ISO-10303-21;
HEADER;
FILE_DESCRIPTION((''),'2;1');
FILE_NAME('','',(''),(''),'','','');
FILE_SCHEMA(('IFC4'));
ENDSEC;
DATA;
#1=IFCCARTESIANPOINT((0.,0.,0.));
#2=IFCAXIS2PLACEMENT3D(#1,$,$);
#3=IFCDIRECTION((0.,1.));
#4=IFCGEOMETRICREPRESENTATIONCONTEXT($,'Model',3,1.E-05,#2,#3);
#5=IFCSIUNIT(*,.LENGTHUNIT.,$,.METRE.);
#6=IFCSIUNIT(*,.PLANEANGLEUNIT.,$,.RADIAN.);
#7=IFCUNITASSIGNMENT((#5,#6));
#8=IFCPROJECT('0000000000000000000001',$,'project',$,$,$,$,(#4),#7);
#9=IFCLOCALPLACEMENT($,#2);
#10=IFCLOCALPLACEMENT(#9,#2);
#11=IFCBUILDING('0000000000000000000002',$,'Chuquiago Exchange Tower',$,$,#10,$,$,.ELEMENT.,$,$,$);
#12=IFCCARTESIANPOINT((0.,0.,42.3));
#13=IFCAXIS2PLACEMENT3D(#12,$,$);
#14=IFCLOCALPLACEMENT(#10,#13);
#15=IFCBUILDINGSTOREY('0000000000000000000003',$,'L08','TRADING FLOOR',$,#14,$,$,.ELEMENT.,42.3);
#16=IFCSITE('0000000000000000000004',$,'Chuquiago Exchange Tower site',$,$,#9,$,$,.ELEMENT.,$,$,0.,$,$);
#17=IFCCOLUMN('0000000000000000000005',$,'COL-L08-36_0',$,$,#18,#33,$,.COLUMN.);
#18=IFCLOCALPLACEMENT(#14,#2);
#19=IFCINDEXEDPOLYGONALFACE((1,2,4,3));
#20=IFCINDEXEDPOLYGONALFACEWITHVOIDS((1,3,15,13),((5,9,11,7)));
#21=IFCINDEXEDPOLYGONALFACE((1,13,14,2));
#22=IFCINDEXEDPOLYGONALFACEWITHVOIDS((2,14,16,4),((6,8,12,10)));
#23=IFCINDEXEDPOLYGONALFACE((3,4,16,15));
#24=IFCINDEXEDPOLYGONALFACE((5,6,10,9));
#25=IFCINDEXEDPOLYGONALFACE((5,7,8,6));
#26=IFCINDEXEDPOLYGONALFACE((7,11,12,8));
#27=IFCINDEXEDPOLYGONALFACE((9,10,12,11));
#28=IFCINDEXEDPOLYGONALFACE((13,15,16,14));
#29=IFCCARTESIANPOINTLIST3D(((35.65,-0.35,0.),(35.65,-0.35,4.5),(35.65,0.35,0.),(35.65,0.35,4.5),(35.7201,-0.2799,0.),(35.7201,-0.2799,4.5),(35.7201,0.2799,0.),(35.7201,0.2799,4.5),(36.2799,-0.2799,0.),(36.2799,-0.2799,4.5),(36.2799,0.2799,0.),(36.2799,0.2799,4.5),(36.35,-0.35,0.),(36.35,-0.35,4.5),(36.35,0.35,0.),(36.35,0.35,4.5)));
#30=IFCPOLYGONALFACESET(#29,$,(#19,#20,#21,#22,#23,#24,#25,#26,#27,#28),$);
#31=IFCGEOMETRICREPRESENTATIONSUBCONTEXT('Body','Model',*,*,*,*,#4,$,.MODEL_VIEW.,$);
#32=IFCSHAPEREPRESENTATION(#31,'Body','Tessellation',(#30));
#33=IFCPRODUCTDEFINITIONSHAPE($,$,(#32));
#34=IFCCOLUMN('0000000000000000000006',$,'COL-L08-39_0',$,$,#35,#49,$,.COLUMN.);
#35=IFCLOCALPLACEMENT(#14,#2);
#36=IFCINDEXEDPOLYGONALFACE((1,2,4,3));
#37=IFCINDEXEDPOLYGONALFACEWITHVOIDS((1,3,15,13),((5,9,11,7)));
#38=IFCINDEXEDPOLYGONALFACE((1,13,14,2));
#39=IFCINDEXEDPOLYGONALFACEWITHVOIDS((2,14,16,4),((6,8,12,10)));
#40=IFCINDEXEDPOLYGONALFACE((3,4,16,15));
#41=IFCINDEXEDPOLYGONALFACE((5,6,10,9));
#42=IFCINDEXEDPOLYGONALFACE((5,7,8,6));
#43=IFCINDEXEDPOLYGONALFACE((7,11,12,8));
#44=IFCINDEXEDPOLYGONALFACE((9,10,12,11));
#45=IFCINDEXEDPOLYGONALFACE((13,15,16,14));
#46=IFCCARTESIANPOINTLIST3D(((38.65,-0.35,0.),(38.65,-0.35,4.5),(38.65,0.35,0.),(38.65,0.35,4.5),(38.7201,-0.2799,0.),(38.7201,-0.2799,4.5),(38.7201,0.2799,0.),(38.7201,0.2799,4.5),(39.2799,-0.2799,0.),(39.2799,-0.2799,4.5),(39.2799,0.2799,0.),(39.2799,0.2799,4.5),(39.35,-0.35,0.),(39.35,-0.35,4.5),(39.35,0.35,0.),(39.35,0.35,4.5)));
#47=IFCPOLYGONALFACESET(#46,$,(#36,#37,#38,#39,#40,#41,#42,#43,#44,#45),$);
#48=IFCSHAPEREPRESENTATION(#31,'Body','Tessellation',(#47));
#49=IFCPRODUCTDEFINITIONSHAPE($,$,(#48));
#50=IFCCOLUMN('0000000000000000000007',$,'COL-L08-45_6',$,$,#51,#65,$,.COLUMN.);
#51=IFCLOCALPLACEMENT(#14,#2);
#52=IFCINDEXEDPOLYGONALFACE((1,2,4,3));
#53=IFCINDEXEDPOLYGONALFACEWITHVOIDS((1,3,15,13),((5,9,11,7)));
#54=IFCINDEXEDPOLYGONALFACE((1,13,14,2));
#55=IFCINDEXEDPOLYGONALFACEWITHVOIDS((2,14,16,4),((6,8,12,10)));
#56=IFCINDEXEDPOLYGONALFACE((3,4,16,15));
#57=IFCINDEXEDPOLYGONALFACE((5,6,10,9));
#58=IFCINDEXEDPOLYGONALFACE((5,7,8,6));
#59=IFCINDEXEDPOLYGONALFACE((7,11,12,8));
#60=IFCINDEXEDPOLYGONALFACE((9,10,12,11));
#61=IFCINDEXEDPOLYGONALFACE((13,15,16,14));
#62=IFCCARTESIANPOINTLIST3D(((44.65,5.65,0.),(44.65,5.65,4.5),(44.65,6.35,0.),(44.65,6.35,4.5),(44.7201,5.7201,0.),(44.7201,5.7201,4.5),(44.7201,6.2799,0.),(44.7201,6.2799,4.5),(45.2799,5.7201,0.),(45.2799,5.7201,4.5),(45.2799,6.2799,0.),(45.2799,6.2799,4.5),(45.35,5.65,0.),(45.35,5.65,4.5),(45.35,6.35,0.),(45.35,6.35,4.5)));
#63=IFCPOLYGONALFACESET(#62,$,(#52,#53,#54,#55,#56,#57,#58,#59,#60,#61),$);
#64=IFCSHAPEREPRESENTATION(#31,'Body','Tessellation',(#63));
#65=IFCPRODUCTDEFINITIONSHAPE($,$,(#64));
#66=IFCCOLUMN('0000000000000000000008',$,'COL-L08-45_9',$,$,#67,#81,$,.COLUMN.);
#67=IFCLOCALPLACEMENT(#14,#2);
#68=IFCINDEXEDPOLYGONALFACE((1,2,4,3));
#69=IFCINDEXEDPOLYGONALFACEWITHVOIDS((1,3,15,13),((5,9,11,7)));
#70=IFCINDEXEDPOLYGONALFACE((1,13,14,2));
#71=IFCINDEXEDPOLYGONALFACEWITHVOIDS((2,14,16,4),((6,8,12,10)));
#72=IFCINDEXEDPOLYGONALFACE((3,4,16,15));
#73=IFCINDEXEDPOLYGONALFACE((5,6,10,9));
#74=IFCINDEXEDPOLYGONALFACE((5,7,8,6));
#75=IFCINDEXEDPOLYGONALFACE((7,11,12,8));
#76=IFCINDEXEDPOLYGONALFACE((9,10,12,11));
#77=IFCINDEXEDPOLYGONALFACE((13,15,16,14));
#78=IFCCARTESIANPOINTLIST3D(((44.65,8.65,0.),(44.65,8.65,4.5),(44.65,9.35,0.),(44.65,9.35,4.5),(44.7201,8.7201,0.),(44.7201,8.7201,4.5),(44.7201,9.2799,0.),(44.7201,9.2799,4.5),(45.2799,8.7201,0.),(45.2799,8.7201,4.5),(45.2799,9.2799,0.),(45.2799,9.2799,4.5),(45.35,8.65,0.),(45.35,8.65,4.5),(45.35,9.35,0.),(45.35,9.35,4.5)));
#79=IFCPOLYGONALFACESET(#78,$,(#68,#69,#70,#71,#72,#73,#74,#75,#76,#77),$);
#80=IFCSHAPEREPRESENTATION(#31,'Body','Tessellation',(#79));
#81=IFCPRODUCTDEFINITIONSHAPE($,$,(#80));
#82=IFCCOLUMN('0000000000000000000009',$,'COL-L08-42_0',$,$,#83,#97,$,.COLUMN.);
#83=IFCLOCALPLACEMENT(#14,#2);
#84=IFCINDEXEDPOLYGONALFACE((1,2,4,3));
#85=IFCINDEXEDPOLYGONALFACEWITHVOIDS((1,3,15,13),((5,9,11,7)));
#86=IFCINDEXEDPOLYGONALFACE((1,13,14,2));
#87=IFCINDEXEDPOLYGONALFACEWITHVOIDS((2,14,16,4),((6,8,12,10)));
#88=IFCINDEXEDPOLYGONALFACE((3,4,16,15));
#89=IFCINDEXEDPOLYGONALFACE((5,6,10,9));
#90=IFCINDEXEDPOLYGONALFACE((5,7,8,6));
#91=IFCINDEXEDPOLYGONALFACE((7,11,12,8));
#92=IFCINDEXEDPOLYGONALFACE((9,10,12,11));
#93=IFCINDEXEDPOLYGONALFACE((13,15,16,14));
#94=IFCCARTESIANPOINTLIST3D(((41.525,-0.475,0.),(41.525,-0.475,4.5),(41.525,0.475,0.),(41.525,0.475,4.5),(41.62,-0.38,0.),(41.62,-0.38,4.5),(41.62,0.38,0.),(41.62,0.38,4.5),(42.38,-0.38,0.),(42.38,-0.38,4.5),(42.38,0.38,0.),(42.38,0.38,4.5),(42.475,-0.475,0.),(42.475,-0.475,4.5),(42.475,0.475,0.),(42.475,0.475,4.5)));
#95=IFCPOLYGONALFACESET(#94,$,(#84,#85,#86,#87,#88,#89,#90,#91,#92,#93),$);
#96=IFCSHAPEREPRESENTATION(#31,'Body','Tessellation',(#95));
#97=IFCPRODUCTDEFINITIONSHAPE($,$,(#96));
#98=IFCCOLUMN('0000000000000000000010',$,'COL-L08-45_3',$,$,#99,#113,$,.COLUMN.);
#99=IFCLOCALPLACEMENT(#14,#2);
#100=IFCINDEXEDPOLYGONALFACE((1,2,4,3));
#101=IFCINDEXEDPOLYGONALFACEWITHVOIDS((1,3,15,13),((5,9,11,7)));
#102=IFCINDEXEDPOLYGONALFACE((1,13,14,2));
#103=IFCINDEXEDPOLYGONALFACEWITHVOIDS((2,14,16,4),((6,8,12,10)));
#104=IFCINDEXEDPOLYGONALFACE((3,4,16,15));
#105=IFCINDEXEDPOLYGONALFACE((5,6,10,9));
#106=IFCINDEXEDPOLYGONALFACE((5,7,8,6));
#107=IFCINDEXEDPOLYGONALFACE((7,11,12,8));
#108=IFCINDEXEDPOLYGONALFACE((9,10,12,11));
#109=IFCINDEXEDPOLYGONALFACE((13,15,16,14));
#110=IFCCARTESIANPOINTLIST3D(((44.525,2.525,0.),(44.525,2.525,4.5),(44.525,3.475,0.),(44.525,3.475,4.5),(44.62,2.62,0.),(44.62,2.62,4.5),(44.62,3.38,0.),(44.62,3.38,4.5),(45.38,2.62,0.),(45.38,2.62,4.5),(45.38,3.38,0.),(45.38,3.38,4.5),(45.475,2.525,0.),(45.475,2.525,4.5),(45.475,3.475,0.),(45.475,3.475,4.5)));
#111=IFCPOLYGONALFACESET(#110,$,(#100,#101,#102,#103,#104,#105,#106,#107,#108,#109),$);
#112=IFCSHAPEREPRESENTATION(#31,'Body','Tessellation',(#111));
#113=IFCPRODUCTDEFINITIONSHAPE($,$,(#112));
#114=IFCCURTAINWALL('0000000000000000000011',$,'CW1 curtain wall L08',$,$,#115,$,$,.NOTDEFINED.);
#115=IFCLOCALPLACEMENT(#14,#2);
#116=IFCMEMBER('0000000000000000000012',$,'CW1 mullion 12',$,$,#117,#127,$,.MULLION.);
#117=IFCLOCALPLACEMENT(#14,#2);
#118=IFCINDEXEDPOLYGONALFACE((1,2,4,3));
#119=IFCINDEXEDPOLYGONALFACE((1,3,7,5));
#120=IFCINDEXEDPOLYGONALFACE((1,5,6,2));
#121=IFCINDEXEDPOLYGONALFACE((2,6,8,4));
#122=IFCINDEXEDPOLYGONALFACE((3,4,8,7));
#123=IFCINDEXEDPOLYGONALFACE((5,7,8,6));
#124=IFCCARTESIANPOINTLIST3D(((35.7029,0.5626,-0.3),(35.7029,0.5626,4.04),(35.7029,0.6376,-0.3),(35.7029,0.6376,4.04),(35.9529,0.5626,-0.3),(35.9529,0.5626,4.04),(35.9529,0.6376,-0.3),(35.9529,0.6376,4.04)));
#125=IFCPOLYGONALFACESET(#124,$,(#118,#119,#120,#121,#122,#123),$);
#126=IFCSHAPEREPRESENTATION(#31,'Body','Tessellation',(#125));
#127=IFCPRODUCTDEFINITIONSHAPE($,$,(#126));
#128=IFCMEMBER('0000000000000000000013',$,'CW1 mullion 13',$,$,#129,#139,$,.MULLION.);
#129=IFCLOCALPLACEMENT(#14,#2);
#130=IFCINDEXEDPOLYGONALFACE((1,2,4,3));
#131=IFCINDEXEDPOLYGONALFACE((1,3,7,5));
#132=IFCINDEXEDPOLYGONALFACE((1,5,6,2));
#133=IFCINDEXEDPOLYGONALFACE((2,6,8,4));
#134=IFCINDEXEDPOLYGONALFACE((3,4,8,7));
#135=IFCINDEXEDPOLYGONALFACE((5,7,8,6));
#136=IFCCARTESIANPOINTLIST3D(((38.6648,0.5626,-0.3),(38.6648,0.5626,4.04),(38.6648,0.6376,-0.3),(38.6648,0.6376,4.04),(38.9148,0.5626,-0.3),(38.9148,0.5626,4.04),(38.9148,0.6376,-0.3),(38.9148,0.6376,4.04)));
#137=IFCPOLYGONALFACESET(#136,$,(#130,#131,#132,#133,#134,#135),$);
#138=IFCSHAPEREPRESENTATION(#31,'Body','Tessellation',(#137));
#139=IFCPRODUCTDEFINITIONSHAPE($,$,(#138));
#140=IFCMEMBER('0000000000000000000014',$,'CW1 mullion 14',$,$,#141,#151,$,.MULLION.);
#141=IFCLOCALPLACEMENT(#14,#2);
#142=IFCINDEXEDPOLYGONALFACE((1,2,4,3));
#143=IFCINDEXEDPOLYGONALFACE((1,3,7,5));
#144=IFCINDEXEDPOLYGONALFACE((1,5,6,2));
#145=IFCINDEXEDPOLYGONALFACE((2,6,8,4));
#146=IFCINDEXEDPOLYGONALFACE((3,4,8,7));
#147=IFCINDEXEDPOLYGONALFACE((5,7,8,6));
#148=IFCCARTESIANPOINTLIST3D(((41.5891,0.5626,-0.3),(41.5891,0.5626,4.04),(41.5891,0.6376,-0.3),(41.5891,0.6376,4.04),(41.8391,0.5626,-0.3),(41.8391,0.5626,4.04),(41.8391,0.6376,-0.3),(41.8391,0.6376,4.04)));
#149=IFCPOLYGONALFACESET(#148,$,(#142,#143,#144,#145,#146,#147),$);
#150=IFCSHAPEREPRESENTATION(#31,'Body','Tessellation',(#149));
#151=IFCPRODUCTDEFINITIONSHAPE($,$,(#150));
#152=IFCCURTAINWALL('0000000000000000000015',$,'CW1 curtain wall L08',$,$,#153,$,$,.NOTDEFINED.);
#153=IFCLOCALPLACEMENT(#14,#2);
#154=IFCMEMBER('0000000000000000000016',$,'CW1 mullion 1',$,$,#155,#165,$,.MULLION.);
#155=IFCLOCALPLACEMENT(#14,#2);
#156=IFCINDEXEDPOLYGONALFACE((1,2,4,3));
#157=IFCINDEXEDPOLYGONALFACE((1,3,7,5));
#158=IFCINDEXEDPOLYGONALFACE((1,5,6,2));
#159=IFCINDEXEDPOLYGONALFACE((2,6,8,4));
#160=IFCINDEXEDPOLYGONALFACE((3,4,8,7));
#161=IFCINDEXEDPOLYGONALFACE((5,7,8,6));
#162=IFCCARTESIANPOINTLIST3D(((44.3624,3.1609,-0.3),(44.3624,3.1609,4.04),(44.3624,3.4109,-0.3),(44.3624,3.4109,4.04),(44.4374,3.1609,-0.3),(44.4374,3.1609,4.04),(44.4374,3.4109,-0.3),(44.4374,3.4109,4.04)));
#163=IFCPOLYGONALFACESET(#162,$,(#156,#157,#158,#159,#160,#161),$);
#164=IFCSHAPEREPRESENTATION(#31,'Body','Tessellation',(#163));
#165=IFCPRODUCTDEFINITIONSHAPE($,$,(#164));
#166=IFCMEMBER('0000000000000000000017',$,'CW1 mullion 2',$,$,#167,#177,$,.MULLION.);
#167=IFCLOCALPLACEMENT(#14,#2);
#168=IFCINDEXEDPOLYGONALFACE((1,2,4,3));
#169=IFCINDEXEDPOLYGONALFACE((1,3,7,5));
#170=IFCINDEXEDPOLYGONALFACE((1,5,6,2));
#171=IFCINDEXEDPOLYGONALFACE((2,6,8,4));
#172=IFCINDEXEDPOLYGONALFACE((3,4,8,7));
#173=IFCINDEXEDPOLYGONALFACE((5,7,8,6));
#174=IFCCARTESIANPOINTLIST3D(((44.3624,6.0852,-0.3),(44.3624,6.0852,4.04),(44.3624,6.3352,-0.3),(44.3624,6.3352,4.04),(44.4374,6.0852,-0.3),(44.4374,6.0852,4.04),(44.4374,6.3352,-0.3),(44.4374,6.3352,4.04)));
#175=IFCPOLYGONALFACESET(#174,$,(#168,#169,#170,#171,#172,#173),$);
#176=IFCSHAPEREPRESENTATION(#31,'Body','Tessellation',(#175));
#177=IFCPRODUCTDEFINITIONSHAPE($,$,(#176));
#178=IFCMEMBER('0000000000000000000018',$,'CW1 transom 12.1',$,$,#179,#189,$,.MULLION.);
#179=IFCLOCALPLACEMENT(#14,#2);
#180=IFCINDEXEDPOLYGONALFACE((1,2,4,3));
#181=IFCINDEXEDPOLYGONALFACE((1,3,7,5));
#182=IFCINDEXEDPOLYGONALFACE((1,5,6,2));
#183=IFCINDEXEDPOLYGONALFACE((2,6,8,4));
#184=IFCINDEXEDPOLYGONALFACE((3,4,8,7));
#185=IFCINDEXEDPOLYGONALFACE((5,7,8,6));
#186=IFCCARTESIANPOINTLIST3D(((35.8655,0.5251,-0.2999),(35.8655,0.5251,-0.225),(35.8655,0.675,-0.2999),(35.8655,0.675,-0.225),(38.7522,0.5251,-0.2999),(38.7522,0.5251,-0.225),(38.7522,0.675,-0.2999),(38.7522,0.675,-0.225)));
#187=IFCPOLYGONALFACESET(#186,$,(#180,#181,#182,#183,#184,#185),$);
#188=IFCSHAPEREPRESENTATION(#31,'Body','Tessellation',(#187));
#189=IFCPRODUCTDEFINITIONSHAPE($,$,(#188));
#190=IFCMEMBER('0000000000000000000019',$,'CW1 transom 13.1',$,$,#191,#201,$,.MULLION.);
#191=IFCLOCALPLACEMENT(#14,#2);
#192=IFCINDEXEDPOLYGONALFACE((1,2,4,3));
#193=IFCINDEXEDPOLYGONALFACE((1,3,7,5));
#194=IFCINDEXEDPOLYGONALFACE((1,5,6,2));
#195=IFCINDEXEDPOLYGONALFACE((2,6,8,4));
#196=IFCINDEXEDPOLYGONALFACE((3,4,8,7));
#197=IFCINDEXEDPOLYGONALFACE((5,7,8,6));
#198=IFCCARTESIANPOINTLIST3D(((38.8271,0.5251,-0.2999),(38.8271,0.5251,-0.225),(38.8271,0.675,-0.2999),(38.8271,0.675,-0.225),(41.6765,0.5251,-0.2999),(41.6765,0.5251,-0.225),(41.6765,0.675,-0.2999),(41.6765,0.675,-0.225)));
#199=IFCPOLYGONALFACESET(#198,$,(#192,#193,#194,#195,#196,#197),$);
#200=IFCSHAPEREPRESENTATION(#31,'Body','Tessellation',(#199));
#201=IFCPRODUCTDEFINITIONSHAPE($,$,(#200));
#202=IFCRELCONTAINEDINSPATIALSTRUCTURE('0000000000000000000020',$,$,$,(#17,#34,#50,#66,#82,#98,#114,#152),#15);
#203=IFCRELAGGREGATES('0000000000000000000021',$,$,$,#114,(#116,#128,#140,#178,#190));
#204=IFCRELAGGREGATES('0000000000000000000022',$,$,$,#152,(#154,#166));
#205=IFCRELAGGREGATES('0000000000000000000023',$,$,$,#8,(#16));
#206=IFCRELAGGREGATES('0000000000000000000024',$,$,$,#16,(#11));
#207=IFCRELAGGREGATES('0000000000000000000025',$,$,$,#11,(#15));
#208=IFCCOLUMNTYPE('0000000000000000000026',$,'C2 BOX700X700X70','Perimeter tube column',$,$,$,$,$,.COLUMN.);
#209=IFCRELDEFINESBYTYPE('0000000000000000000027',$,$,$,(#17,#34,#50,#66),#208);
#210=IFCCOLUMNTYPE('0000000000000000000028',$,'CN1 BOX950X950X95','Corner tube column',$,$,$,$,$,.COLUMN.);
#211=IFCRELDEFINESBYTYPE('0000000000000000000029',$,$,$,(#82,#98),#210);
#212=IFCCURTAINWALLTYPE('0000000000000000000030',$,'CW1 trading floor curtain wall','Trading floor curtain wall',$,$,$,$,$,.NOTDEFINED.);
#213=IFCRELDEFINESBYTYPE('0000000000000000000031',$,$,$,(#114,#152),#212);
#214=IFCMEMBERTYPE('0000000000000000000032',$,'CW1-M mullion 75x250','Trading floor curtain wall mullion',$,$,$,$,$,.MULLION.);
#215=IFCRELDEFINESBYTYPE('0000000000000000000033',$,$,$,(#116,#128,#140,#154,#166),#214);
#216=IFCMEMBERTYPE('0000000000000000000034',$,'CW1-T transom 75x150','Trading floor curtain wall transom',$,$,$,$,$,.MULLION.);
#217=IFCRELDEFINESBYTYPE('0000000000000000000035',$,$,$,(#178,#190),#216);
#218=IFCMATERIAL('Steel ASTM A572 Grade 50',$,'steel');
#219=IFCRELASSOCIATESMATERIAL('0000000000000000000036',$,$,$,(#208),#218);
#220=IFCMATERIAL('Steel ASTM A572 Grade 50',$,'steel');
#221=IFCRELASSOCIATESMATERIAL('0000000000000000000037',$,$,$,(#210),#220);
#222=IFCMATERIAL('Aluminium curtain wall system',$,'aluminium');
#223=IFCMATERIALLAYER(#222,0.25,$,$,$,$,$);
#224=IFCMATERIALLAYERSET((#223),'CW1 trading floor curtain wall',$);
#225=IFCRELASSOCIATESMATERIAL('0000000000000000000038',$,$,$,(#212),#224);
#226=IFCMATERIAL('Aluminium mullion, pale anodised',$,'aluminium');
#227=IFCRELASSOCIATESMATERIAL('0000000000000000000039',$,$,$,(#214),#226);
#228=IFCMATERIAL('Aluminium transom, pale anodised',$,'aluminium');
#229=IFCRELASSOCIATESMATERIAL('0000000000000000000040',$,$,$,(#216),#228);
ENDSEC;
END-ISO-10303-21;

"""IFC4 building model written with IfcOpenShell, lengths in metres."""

from ifc_helpers import new_model, si_unit, direction, frame, origin, origin_2d, place, context, subcontext, project, spatial, rectangle, hollow_rectangle, extrude, material, layer, layer_set, material_profile, profile_set, type_object, element, aggregate, save


model = new_model("IFC4")

# Units and contexts
model_context = context("Model", 3, precision=1e-05, world=origin(), true_north=direction((0.0, 1.0)))
body_context = subcontext(model_context, "Body", "Model", "MODEL_VIEW")
ifc_project = project(units=[si_unit("LENGTHUNIT", "METRE"), si_unit("PLANEANGLEUNIT", "RADIAN")], contexts=[model_context])

# Site, building, storey
site_placement = place(None, origin())
site = spatial("IfcSite", under=ifc_project, at=site_placement, Name="Chuquiago Exchange Tower site", CompositionType="ELEMENT", RefElevation=0.0)
building_placement = place(site_placement, origin())
building = spatial("IfcBuilding", under=site, at=building_placement, Name="Chuquiago Exchange Tower", CompositionType="ELEMENT")
storey_placement = place(building_placement, frame((0.0, 0.0, 42.3)))
storey = spatial("IfcBuildingStorey", under=building, at=storey_placement, Name="L08", Description="TRADING FLOOR", CompositionType="ELEMENT", Elevation=42.3)

# Columns
ifc_material_1 = material(Name="Steel ASTM A572 Grade 50", Category="steel")
ifc_material_profile_1 = material_profile(ifc_material_1, hollow_rectangle(XDim=0.7, YDim=0.7, WallThickness=0.0701, at=origin_2d()), Name="BOX700X700X70")
ifc_profile_set_1 = profile_set([ifc_material_profile_1], Name="Steel ASTM A572 Grade 50")
column_type_1 = type_object("IfcColumnType", Name="C2 BOX700X700X70", Description="Perimeter tube column", PredefinedType="COLUMN", material=ifc_profile_set_1)
for number, where, z_axis, x_axis, name in (
    (1, (36.0, 0.0, 0.0), (0.0, 0.0, 1.0), (0.0, -1.0, 0.0), "COL-L08-36_0"),
    (2, (39.0, 0.0, 0.0), (0.0, 0.0, 1.0), (0.0, -1.0, 0.0), "COL-L08-39_0"),
    (3, (45.0, 6.0, 0.0), (0.0, 0.0, 1.0), (1.0, 0.0, 0.0), "COL-L08-45_6"),
    (4, (45.0, 9.0, 0.0), (0.0, 0.0, 1.0), (1.0, 0.0, 0.0), "COL-L08-45_9"),
):
    element("IfcColumn", number, at=place(storey_placement, frame(where, z_axis=z_axis, x_axis=x_axis)), inside=storey, type_object=column_type_1, Name=name, PredefinedType="COLUMN", context=body_context, shape_type="SweptSolid", body=[
        extrude(hollow_rectangle(XDim=0.7, YDim=0.7, WallThickness=0.0701, at=origin_2d()), origin(), (0.0, 0.0, 1.0), 4.5),
    ])
ifc_material_2 = material(Name="Steel ASTM A572 Grade 50", Category="steel")
ifc_material_profile_2 = material_profile(ifc_material_2, hollow_rectangle(XDim=0.95, YDim=0.95, WallThickness=0.095, at=origin_2d()), Name="BOX950X950X95")
ifc_profile_set_2 = profile_set([ifc_material_profile_2], Name="Steel ASTM A572 Grade 50")
column_type_2 = type_object("IfcColumnType", Name="CN1 BOX950X950X95", Description="Corner tube column", PredefinedType="COLUMN", material=ifc_profile_set_2)
for number, where, z_axis, x_axis, name in (
    (5, (42.0, 0.0, 0.0), (0.0, 0.0, 1.0), (0.0, -1.0, 0.0), "COL-L08-42_0"),
    (6, (45.0, 3.0, 0.0), (0.0, 0.0, 1.0), (1.0, 0.0, 0.0), "COL-L08-45_3"),
):
    element("IfcColumn", number, at=place(storey_placement, frame(where, z_axis=z_axis, x_axis=x_axis)), inside=storey, type_object=column_type_2, Name=name, PredefinedType="COLUMN", context=body_context, shape_type="SweptSolid", body=[
        extrude(hollow_rectangle(XDim=0.95, YDim=0.95, WallThickness=0.095, at=origin_2d()), origin(), (0.0, 0.0, 1.0), 4.5),
    ])

# Curtain walls, members
ifc_material_3 = material(Name="Aluminium curtain wall system", Category="aluminium")
ifc_layer_1 = layer(ifc_material_3, 0.25)
ifc_layer_set_1 = layer_set([ifc_layer_1], Name="CW1 trading floor curtain wall")
curtain_wall_type_1 = type_object("IfcCurtainWallType", Name="CW1 trading floor curtain wall", Description="Trading floor curtain wall", PredefinedType="NOTDEFINED", material=ifc_layer_set_1)
curtain_wall_1_placement = place(storey_placement, origin())
curtain_wall_1 = element("IfcCurtainWall", 7, at=curtain_wall_1_placement, inside=storey, type_object=curtain_wall_type_1, Name="CW1 curtain wall L08", PredefinedType="NOTDEFINED")
ifc_material_4 = material(Name="Aluminium mullion, pale anodised", Category="aluminium")
ifc_material_profile_3 = material_profile(ifc_material_4, rectangle(XDim=0.075, YDim=0.25, at=origin_2d()), Name="AL 75x250")
ifc_profile_set_3 = profile_set([ifc_material_profile_3], Name="Aluminium mullion, pale anodised")
member_type_1 = type_object("IfcMemberType", Name="CW1-M mullion 75x250", Description="Trading floor curtain wall mullion", PredefinedType="MULLION", material=ifc_profile_set_3)
member_1_placement = place(storey_placement, frame((35.8279, 0.6001, -0.3), z_axis=(0.0, 0.0, 1.0), x_axis=(0.0, 1.0, 0.0)))
member_1 = element("IfcMember", 8, at=member_1_placement, type_object=member_type_1, Name="CW1 mullion 12", PredefinedType="MULLION", context=body_context, shape_type="SweptSolid", body=[
    extrude(rectangle(XDim=0.075, YDim=0.25, at=origin_2d()), origin(), (0.0, 0.0, 1.0), 4.3401),
])
member_2_placement = place(storey_placement, frame((38.7898, 0.6001, -0.3), z_axis=(0.0, 0.0, 1.0), x_axis=(0.0, 1.0, 0.0)))
member_2 = element("IfcMember", 9, at=member_2_placement, type_object=member_type_1, Name="CW1 mullion 13", PredefinedType="MULLION", context=body_context, shape_type="SweptSolid", body=[
    extrude(rectangle(XDim=0.075, YDim=0.25, at=origin_2d()), origin(), (0.0, 0.0, 1.0), 4.3401),
])
member_3_placement = place(storey_placement, frame((41.7141, 0.6001, -0.3), z_axis=(0.0, 0.0, 1.0), x_axis=(0.0, 1.0, 0.0)))
member_3 = element("IfcMember", 10, at=member_3_placement, type_object=member_type_1, Name="CW1 mullion 14", PredefinedType="MULLION", context=body_context, shape_type="SweptSolid", body=[
    extrude(rectangle(XDim=0.075, YDim=0.25, at=origin_2d()), origin(), (0.0, 0.0, 1.0), 4.3401),
])
curtain_wall_2_placement = place(storey_placement, origin())
curtain_wall_2 = element("IfcCurtainWall", 11, at=curtain_wall_2_placement, inside=storey, type_object=curtain_wall_type_1, Name="CW1 curtain wall L08", PredefinedType="NOTDEFINED")
member_4_placement = place(storey_placement, frame((44.3999, 3.2859, -0.3), z_axis=(0.0, 0.0, 1.0), x_axis=(-1.0, 0.0, 0.0)))
member_4 = element("IfcMember", 12, at=member_4_placement, type_object=member_type_1, Name="CW1 mullion 1", PredefinedType="MULLION", context=body_context, shape_type="SweptSolid", body=[
    extrude(rectangle(XDim=0.075, YDim=0.25, at=origin_2d()), origin(), (0.0, 0.0, 1.0), 4.3401),
])
member_5_placement = place(storey_placement, frame((44.3999, 6.2102, -0.3), z_axis=(0.0, 0.0, 1.0), x_axis=(-1.0, 0.0, 0.0)))
member_5 = element("IfcMember", 13, at=member_5_placement, type_object=member_type_1, Name="CW1 mullion 2", PredefinedType="MULLION", context=body_context, shape_type="SweptSolid", body=[
    extrude(rectangle(XDim=0.075, YDim=0.25, at=origin_2d()), origin(), (0.0, 0.0, 1.0), 4.3401),
])

# Members
ifc_material_5 = material(Name="Aluminium transom, pale anodised", Category="aluminium")
ifc_material_profile_4 = material_profile(ifc_material_5, rectangle(XDim=0.1499, YDim=0.075, at=origin_2d()), Name="AL 150x75")
ifc_profile_set_4 = profile_set([ifc_material_profile_4], Name="Aluminium transom, pale anodised")
member_type_2 = type_object("IfcMemberType", Name="CW1-T transom 75x150", Description="Trading floor curtain wall transom", PredefinedType="MULLION", material=ifc_profile_set_4)
member_6_placement = place(storey_placement, frame((35.8655, 0.6001, -0.2625), z_axis=(1.0, 0.0, 0.0), x_axis=(0.0, 1.0, 0.0)))
member_6 = element("IfcMember", 14, at=member_6_placement, type_object=member_type_2, Name="CW1 transom 12.1", PredefinedType="MULLION", context=body_context, shape_type="SweptSolid", body=[
    extrude(rectangle(XDim=0.1499, YDim=0.075, at=origin_2d()), origin(), (0.0, 0.0, 1.0), 2.8867),
])
member_7_placement = place(storey_placement, frame((38.8271, 0.6001, -0.2625), z_axis=(1.0, 0.0, 0.0), x_axis=(0.0, 1.0, 0.0)))
member_7 = element("IfcMember", 15, at=member_7_placement, type_object=member_type_2, Name="CW1 transom 13.1", PredefinedType="MULLION", context=body_context, shape_type="SweptSolid", body=[
    extrude(rectangle(XDim=0.1499, YDim=0.075, at=origin_2d()), origin(), (0.0, 0.0, 1.0), 2.8494),
])

aggregate(curtain_wall_1, [member_1, member_2, member_3, member_6, member_7])
aggregate(curtain_wall_2, [member_4, member_5])

save(model, "model.ifc")
